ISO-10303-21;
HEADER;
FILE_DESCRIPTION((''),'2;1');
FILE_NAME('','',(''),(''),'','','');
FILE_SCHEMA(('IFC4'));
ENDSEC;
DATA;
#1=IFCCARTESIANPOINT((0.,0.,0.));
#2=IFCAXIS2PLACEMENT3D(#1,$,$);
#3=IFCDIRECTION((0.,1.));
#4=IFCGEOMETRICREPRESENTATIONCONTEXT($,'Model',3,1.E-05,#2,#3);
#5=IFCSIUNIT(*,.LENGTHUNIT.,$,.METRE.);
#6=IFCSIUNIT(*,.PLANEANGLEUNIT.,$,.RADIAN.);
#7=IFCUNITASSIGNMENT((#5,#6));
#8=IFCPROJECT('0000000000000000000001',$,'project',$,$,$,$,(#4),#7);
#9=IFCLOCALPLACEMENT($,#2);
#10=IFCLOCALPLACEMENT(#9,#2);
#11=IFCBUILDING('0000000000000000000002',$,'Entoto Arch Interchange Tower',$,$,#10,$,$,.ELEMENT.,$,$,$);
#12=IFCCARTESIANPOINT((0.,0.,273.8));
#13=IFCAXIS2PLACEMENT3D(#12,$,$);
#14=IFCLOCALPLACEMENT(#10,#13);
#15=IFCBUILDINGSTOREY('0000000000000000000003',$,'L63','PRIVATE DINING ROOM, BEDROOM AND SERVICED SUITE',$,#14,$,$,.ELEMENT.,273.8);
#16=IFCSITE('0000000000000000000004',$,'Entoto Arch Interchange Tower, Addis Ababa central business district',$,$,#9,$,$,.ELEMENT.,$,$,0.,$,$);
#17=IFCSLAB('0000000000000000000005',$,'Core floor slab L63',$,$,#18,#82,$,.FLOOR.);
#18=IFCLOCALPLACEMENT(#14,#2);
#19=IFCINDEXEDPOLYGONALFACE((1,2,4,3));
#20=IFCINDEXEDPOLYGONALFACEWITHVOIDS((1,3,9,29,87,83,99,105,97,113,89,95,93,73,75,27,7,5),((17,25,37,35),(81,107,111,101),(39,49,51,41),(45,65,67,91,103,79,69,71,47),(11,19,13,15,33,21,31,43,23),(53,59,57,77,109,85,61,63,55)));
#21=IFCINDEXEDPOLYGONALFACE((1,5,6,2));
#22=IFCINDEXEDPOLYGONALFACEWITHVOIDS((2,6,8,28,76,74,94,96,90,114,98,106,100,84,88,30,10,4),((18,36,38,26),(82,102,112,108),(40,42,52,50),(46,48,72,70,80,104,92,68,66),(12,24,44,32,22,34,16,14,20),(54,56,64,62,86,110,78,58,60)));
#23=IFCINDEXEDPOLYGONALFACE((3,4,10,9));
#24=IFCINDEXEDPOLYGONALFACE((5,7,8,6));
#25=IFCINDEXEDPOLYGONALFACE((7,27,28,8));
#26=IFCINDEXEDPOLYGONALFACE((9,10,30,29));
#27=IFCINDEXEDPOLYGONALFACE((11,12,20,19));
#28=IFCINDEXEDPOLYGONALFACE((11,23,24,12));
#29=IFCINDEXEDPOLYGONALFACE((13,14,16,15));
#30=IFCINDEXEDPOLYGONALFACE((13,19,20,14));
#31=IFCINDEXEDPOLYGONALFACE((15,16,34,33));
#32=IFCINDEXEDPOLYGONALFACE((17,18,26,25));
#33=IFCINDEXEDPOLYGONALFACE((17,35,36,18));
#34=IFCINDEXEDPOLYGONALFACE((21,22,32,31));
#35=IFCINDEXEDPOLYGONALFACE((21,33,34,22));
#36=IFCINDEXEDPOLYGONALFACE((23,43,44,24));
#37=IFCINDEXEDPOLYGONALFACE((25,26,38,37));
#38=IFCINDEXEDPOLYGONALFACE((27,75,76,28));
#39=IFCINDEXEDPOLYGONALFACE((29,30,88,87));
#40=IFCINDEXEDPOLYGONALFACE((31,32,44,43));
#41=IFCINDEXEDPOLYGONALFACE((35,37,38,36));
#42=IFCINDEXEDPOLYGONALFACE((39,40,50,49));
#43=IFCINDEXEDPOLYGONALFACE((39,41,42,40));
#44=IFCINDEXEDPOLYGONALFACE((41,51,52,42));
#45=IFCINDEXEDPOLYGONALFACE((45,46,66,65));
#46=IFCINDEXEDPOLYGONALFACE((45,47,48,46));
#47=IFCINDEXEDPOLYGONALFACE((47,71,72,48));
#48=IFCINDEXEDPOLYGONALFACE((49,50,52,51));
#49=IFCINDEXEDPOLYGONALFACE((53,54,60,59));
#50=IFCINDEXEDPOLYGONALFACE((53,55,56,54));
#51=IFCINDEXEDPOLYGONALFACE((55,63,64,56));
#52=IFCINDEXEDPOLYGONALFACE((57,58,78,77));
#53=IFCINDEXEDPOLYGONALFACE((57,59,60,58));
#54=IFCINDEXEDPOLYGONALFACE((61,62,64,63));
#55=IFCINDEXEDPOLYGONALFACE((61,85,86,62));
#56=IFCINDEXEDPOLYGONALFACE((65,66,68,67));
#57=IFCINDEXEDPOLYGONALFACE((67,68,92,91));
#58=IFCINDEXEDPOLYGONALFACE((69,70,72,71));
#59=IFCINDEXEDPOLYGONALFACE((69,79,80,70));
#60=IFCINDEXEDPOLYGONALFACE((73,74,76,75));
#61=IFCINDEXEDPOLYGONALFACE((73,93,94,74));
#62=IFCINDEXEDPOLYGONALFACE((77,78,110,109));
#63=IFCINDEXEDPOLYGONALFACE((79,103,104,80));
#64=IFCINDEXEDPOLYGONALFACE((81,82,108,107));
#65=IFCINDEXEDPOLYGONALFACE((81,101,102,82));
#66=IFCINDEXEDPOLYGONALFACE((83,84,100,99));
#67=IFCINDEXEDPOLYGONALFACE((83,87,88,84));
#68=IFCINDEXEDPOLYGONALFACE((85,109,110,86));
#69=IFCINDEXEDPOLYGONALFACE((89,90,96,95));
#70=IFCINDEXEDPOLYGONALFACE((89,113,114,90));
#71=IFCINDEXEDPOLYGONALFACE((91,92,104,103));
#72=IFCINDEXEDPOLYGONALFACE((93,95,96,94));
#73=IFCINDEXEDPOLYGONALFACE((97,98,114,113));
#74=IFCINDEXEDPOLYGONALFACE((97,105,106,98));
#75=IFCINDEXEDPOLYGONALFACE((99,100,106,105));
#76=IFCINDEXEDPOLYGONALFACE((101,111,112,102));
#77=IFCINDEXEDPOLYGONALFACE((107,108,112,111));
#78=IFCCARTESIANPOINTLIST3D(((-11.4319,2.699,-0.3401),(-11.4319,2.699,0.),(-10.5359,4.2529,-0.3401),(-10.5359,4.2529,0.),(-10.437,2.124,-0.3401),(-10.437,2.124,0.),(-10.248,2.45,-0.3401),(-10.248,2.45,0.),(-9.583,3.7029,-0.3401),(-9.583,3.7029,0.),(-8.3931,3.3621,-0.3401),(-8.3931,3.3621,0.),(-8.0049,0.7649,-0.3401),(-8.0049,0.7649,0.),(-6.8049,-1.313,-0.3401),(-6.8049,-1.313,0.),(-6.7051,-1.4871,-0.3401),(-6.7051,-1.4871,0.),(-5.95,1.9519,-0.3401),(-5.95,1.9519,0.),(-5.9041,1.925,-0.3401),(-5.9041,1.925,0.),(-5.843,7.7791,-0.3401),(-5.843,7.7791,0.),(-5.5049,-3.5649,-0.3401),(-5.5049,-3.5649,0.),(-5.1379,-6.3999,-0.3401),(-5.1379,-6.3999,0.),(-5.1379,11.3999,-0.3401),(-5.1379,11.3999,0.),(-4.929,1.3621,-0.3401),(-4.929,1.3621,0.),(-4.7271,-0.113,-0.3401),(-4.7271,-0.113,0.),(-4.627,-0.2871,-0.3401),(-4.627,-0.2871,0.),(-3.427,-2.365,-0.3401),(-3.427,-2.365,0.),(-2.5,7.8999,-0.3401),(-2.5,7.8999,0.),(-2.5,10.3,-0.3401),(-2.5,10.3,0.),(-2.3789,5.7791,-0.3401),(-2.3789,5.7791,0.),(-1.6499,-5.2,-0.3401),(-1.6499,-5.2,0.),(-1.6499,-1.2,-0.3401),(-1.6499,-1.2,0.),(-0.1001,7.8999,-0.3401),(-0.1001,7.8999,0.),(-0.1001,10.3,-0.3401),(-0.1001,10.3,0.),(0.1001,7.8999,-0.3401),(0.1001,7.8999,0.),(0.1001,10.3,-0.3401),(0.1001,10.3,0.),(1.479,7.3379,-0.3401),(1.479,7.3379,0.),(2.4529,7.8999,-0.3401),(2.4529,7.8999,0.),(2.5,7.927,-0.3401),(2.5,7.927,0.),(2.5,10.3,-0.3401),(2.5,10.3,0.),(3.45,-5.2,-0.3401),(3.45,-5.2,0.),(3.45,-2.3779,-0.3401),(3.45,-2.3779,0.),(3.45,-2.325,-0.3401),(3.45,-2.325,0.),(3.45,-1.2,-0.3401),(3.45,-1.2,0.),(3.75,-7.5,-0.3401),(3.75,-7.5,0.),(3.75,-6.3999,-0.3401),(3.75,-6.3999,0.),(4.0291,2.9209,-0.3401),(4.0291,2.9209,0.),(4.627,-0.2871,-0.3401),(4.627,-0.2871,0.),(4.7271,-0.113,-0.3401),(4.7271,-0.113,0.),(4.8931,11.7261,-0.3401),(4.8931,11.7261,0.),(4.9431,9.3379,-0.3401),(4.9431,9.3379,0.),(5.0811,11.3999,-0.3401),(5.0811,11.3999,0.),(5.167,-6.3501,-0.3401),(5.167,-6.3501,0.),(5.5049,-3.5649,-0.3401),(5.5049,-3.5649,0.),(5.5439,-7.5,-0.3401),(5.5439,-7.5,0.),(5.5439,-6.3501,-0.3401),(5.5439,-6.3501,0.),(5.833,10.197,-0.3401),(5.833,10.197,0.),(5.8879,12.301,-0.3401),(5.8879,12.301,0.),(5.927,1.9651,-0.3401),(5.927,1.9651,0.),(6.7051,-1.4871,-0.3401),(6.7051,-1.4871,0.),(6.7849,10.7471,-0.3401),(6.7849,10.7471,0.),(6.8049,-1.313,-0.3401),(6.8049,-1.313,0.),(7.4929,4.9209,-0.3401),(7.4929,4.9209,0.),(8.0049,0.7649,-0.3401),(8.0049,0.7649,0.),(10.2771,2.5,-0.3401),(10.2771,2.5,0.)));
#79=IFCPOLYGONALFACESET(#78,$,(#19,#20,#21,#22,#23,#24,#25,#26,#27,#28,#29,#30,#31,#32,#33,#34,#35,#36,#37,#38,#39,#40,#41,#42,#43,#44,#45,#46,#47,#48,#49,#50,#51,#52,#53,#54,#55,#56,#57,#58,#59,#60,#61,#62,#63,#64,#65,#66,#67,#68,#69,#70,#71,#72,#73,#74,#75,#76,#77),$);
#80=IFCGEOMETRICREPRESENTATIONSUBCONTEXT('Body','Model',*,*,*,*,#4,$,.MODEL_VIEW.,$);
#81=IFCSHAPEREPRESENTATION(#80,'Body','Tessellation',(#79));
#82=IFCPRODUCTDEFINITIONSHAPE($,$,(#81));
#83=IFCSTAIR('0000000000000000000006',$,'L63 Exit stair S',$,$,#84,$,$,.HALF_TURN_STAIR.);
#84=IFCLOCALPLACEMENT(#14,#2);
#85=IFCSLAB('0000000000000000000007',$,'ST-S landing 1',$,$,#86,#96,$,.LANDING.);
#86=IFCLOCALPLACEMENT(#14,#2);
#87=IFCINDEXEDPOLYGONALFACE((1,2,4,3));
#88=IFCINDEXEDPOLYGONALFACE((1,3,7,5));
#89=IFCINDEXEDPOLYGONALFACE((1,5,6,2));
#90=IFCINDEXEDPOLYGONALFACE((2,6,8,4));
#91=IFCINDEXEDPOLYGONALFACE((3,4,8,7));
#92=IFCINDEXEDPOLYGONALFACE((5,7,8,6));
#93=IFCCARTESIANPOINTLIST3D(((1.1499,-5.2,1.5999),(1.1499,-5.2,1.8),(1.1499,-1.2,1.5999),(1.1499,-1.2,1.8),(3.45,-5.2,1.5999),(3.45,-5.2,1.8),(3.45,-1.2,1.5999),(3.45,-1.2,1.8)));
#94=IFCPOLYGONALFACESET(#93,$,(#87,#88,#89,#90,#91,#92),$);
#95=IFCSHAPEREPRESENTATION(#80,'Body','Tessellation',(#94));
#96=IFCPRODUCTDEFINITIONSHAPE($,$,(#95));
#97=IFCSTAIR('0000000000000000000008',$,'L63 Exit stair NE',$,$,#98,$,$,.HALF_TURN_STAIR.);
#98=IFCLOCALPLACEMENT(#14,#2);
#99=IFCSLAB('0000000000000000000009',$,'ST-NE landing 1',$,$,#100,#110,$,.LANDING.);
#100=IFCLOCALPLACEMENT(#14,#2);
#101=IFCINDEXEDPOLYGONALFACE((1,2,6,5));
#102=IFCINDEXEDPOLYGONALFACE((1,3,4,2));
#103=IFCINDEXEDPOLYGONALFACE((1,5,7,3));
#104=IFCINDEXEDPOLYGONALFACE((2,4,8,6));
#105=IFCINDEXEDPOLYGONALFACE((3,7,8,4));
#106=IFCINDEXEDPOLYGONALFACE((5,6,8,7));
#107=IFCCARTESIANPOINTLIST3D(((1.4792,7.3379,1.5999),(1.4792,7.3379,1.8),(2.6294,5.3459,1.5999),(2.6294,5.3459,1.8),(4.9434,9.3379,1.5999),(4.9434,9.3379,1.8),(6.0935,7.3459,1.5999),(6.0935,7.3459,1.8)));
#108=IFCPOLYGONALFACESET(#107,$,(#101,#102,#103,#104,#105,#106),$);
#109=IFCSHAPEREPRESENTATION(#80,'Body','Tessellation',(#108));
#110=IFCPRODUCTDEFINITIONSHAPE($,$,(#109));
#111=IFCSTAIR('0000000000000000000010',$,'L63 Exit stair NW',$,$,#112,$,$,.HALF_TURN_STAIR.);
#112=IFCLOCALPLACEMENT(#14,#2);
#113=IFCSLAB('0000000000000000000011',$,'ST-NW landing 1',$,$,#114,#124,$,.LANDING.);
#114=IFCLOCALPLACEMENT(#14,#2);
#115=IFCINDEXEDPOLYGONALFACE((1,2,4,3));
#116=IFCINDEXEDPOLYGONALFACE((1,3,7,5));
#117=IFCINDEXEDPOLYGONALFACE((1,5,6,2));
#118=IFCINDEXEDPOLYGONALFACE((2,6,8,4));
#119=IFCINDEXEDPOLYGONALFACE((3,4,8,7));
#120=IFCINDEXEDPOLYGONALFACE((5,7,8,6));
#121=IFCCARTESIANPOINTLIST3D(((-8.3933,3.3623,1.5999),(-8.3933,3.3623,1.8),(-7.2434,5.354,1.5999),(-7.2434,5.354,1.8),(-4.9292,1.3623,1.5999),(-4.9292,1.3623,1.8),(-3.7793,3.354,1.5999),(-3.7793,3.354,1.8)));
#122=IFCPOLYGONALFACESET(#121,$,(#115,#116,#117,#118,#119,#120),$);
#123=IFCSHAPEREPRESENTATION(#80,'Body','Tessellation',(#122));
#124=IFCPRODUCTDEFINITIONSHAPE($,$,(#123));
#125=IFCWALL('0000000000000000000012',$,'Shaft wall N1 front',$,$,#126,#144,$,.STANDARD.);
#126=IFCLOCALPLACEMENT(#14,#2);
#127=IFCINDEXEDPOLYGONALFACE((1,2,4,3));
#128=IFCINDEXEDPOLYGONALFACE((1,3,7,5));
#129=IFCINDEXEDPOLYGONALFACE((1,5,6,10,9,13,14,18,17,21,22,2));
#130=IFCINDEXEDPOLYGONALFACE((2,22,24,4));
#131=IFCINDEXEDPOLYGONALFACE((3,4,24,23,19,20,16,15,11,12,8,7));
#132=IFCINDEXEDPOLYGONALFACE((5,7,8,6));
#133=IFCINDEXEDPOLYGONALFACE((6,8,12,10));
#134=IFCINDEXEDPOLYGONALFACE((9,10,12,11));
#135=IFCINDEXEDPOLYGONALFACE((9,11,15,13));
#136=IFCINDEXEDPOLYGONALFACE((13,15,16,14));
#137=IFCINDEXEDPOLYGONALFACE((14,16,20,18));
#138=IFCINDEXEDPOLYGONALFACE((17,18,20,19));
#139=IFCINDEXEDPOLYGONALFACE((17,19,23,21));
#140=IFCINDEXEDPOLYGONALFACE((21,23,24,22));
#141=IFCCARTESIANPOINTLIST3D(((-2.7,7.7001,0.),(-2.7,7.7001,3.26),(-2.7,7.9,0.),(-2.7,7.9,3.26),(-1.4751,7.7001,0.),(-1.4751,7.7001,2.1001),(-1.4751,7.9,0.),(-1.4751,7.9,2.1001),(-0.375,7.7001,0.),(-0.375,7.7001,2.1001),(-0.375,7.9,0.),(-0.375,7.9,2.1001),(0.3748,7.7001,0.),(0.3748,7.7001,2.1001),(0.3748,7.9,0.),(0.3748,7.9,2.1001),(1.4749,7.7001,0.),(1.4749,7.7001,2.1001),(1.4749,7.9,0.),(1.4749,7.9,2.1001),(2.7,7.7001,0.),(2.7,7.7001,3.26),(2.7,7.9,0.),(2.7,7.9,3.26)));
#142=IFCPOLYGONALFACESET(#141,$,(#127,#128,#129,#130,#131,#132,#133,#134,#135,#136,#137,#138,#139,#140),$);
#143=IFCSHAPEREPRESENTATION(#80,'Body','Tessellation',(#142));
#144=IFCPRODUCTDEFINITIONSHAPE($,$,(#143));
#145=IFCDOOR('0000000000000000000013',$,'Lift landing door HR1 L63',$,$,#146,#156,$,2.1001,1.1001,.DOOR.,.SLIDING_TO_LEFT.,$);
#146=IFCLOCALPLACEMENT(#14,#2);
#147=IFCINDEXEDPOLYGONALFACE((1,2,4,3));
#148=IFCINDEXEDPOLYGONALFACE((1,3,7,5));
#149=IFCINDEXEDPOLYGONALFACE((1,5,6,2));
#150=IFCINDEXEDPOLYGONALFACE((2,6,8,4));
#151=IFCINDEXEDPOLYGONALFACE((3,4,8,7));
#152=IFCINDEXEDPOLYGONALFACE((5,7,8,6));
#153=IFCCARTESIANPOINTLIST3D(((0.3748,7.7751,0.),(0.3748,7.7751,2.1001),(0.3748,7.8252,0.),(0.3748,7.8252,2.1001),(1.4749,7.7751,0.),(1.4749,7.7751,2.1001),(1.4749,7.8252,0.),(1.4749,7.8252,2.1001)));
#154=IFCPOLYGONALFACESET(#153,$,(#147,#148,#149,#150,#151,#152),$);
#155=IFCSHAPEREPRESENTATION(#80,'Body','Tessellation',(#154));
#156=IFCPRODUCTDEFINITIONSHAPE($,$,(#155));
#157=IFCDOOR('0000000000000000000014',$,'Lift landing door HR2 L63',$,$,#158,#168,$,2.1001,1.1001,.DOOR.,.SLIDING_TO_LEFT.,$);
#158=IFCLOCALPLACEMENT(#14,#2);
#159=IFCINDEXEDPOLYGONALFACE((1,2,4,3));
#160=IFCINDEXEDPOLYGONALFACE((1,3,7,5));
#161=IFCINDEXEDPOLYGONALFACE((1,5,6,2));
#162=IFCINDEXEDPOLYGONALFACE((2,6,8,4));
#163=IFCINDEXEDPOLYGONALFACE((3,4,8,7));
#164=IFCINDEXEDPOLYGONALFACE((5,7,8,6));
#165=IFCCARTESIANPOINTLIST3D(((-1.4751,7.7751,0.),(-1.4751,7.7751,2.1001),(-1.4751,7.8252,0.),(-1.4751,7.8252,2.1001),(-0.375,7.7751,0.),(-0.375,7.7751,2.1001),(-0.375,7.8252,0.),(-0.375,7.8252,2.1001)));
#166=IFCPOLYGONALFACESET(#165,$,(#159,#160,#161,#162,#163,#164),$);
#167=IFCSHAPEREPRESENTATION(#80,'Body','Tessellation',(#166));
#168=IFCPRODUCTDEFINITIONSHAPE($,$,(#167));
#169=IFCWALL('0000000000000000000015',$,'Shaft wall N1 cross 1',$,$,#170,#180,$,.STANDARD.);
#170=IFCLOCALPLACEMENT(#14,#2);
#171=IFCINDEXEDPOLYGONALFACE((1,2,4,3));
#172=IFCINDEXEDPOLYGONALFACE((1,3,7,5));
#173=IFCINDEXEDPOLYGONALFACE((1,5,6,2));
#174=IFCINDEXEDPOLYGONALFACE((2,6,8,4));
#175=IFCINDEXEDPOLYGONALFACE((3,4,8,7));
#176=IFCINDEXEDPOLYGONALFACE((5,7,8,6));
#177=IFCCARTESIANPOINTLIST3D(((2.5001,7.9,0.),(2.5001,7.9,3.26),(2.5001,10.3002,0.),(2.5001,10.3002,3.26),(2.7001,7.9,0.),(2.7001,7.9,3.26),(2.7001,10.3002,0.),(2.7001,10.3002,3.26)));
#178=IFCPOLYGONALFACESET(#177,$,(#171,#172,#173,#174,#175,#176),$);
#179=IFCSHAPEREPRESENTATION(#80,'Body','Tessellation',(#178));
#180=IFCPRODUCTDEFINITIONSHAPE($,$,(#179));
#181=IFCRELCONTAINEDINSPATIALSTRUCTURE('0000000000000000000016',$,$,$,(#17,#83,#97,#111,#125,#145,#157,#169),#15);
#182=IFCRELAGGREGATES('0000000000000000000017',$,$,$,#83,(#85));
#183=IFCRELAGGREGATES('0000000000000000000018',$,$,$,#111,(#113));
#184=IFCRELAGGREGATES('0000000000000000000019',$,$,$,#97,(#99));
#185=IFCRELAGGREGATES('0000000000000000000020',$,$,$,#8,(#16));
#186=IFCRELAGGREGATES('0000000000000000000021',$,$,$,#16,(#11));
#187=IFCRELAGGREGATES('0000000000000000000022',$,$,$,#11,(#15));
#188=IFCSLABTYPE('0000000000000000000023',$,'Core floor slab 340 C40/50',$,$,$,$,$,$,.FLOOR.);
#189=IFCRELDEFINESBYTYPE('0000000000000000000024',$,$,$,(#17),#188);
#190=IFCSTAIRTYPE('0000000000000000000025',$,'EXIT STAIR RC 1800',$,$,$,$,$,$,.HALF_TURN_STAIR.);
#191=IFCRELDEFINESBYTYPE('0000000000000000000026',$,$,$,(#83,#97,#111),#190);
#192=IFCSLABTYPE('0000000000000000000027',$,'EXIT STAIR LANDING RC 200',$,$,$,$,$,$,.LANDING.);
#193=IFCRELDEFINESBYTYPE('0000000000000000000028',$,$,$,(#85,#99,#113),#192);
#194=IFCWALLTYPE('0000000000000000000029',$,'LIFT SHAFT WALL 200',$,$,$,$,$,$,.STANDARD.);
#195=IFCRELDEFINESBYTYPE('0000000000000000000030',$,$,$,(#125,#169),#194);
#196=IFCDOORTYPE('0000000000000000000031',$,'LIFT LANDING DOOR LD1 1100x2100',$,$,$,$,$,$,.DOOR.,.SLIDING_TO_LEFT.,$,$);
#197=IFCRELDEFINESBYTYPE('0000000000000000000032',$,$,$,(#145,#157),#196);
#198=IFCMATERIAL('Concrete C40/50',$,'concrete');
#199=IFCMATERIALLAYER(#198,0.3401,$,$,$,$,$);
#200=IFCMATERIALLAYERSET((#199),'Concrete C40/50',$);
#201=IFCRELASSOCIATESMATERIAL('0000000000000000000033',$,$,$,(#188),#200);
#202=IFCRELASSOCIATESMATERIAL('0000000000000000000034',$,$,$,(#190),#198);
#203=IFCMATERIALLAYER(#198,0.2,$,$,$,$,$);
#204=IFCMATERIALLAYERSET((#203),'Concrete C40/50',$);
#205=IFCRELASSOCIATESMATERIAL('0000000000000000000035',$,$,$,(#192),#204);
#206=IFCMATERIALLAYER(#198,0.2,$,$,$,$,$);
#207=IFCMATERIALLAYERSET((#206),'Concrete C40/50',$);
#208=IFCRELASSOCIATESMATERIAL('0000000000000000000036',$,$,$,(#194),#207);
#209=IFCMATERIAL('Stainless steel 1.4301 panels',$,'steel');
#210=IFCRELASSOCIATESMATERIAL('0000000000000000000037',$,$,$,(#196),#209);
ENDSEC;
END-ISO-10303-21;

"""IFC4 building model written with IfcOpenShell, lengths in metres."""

from ifc_helpers import new_model, si_unit, direction, frame, frame_2d, origin, place, context, subcontext, project, spatial, polyline, rectangle, outline, extrude, material, layer, layer_set, type_object, element, fill, aggregate, save


model = new_model("IFC4")

# Units and contexts
model_context = context("Model", 3, precision=1e-05, world=origin(), true_north=direction((0.0, 1.0)))
body_context = subcontext(model_context, "Body", "Model", "MODEL_VIEW")
ifc_project = project(units=[si_unit("LENGTHUNIT", "METRE"), si_unit("PLANEANGLEUNIT", "RADIAN")], contexts=[model_context])

# Site, building, storey
site_placement = place(None, origin())
site = spatial("IfcSite", under=ifc_project, at=site_placement, Name="Entoto Arch Interchange Tower, Addis Ababa central business district", CompositionType="ELEMENT", RefElevation=0.0)
building_placement = place(site_placement, origin())
building = spatial("IfcBuilding", under=site, at=building_placement, Name="Entoto Arch Interchange Tower", CompositionType="ELEMENT")
storey_placement = place(building_placement, frame((0.0, 0.0, 273.8)))
storey = spatial("IfcBuildingStorey", under=building, at=storey_placement, Name="L63", Description="PRIVATE DINING ROOM, BEDROOM AND SERVICED SUITE", CompositionType="ELEMENT", Elevation=273.8)

# Slab
ifc_material_1 = material(Name="Concrete C40/50", Category="concrete")
ifc_layer_1 = layer(ifc_material_1, 0.3401)
ifc_layer_set_1 = layer_set([ifc_layer_1], Name="Concrete C40/50")
slab_type_1 = type_object("IfcSlabType", Name="Core floor slab 340 C40/50", PredefinedType="FLOOR", material=ifc_layer_set_1)
slab_1_placement = place(storey_placement, frame((0.0, 0.0, -0.3401)))
element("IfcSlab", 1, at=slab_1_placement, inside=storey, type_object=slab_type_1, Name="Core floor slab L63", PredefinedType="FLOOR", context=body_context, shape_type="SweptSolid", body=[
    extrude(outline(polyline([(-10.248, 2.45), (-10.437, 2.124), (-11.4319, 2.699), (-10.5359, 4.2529), (-9.583, 3.7029), (-5.1379, 11.3999), (5.0811, 11.3999), (4.8931, 11.7261), (5.8879, 12.301), (6.7849, 10.7471), (5.833, 10.197), (10.2771, 2.5), (5.167, -6.3501), (5.5439, -6.3501), (5.5439, -7.5), (3.75, -7.5), (3.75, -6.3999), (-5.1379, -6.3999), (-10.248, 2.45)]), holes=[polyline([(-1.6499, -5.2), (3.45, -5.2), (3.45, -2.3779), (5.5049, -3.5649), (6.7051, -1.4871), (4.627, -0.2871), (3.45, -2.325), (3.45, -1.2), (-1.6499, -1.2), (-1.6499, -5.2)]), polyline([(-4.627, -0.2871), (-6.7051, -1.4871), (-5.5049, -3.5649), (-3.427, -2.365), (-4.627, -0.2871)]), polyline([(-5.9041, 1.925), (-4.929, 1.3621), (-2.3789, 5.7791), (-5.843, 7.7791), (-8.3931, 3.3621), (-5.95, 1.9519), (-8.0049, 0.7649), (-6.8049, -1.313), (-4.7271, -0.113), (-5.9041, 1.925)]), polyline([(4.7271, -0.113), (6.8049, -1.313), (8.0049, 0.7649), (5.927, 1.9651), (4.7271, -0.113)]), polyline([(2.5, 7.927), (2.5, 10.3), (0.1001, 10.3), (0.1001, 7.8999), (2.4529, 7.8999), (1.479, 7.3379), (4.0291, 2.9209), (7.4929, 4.9209), (4.9431, 9.3379), (2.5, 7.927)]), polyline([(-2.5, 7.8999), (-0.1001, 7.8999), (-0.1001, 10.3), (-2.5, 10.3), (-2.5, 7.8999)])]), origin(), (0.0, 0.0, 1.0), 0.3401),
])

# Stairs, slabs
stair_type = type_object("IfcStairType", Name="EXIT STAIR RC 1800", PredefinedType="HALF_TURN_STAIR", material=ifc_material_1)
stair_1_placement = place(storey_placement, origin())
stair_1 = element("IfcStair", 2, at=stair_1_placement, inside=storey, type_object=stair_type, Name="L63 Exit stair S", PredefinedType="HALF_TURN_STAIR")
ifc_layer_2 = layer(ifc_material_1, 0.2)
ifc_layer_set_2 = layer_set([ifc_layer_2], Name="Concrete C40/50")
slab_type_2 = type_object("IfcSlabType", Name="EXIT STAIR LANDING RC 200", PredefinedType="LANDING", material=ifc_layer_set_2)
slab_2_placement = place(storey_placement, frame((0.0, 0.0, 1.5999)))
slab_2 = element("IfcSlab", 3, at=slab_2_placement, type_object=slab_type_2, Name="ST-S landing 1", PredefinedType="LANDING", context=body_context, shape_type="SweptSolid", body=[
    extrude(outline(polyline([(1.1499, -5.2), (3.45, -5.2), (3.45, -1.2), (1.1499, -1.2), (1.1499, -5.2)])), origin(), (0.0, 0.0, 1.0), 0.2002),
])
aggregate(stair_1, [slab_2])
stair_2_placement = place(storey_placement, origin())
stair_2 = element("IfcStair", 4, at=stair_2_placement, inside=storey, type_object=stair_type, Name="L63 Exit stair NE", PredefinedType="HALF_TURN_STAIR")
slab_3_placement = place(storey_placement, frame((0.0, 0.0, 1.5999)))
slab_3 = element("IfcSlab", 5, at=slab_3_placement, type_object=slab_type_2, Name="ST-NE landing 1", PredefinedType="LANDING", context=body_context, shape_type="SweptSolid", body=[
    extrude(outline(polyline([(6.0935, 7.3459), (4.9434, 9.3379), (1.4792, 7.3379), (2.6294, 5.3459), (6.0935, 7.3459)])), origin(), (0.0, 0.0, 1.0), 0.2002),
])
stair_3_placement = place(storey_placement, origin())
stair_3 = element("IfcStair", 6, at=stair_3_placement, inside=storey, type_object=stair_type, Name="L63 Exit stair NW", PredefinedType="HALF_TURN_STAIR")
slab_4_placement = place(storey_placement, frame((0.0, 0.0, 1.5999)))
slab_4 = element("IfcSlab", 7, at=slab_4_placement, type_object=slab_type_2, Name="ST-NW landing 1", PredefinedType="LANDING", context=body_context, shape_type="SweptSolid", body=[
    extrude(outline(polyline([(-7.2434, 5.354), (-8.3933, 3.3623), (-4.9292, 1.3623), (-3.7793, 3.354), (-7.2434, 5.354)])), origin(), (0.0, 0.0, 1.0), 0.2002),
])
aggregate(stair_3, [slab_4])

# Wall, openings, doors
ifc_layer_3 = layer(ifc_material_1, 0.2)
ifc_layer_set_3 = layer_set([ifc_layer_3], Name="Concrete C40/50")
wall_type_1 = type_object("IfcWallType", Name="LIFT SHAFT WALL 200", PredefinedType="STANDARD", material=ifc_layer_set_3)
wall_1_placement = place(storey_placement, frame((2.7, 7.8, 0.0), z_axis=(0.0, 0.0, 1.0), x_axis=(-1.0, 0.0, 0.0)))
wall_1 = element("IfcWall", 8, at=wall_1_placement, inside=storey, type_object=wall_type_1, Name="Shaft wall N1 front", PredefinedType="STANDARD", context=body_context, shape_type="SweptSolid", body=[
    extrude(rectangle(XDim=5.3999, YDim=0.2, at=frame_2d((2.7, 0.0))), origin(), (0.0, 0.0, 1.0), 3.26),
])
opening_1_placement = place(wall_1_placement, frame((1.2251, 0.0, 0.0)))
opening_1 = element("IfcOpeningElement", 9, at=opening_1_placement, cuts=wall_1, PredefinedType="OPENING", context=body_context, shape_type="SweptSolid", body=[
    extrude(rectangle(XDim=1.1001, YDim=2.1001, at=frame_2d((0.55, 1.05))), frame((0.0, 0.1099, 0.0), z_axis=(0.0, -1.0, 0.0), x_axis=(1.0, 0.0, 0.0)), (0.0, 0.0, 1.0), 0.22),
])
opening_2_placement = place(wall_1_placement, frame((3.075, 0.0, 0.0)))
opening_2 = element("IfcOpeningElement", 10, at=opening_2_placement, cuts=wall_1, PredefinedType="OPENING", context=body_context, shape_type="SweptSolid", body=[
    extrude(rectangle(XDim=1.1001, YDim=2.1001, at=frame_2d((0.55, 1.05))), frame((0.0, 0.1099, 0.0), z_axis=(0.0, -1.0, 0.0), x_axis=(1.0, 0.0, 0.0)), (0.0, 0.0, 1.0), 0.22),
])
ifc_material_2 = material(Name="Stainless steel 1.4301 panels", Category="steel")
door_type_1 = type_object("IfcDoorType", Name="LIFT LANDING DOOR LD1 1100x2100", OperationType="SLIDING_TO_LEFT", PredefinedType="DOOR", material=ifc_material_2)
door_1_placement = place(opening_1_placement, origin())
door_1 = element("IfcDoor", 11, at=door_1_placement, inside=storey, type_object=door_type_1, Name="Lift landing door HR1 L63", OperationType="SLIDING_TO_LEFT", OverallHeight=2.1001, OverallWidth=1.1001, PredefinedType="DOOR", context=body_context, shape_type="SweptSolid", body=[
    extrude(rectangle(XDim=1.1001, YDim=2.1001, at=frame_2d((0.55, 1.05))), frame((0.0, 0.0249, 0.0), z_axis=(0.0, -1.0, 0.0), x_axis=(1.0, 0.0, 0.0)), (0.0, 0.0, 1.0), 0.05),
])
fill(opening_1, door_1)
door_2_placement = place(opening_2_placement, origin())
door_2 = element("IfcDoor", 12, at=door_2_placement, inside=storey, type_object=door_type_1, Name="Lift landing door HR2 L63", OperationType="SLIDING_TO_LEFT", OverallHeight=2.1001, OverallWidth=1.1001, PredefinedType="DOOR", context=body_context, shape_type="SweptSolid", body=[
    extrude(rectangle(XDim=1.1001, YDim=2.1001, at=frame_2d((0.55, 1.05))), frame((0.0, 0.0249, 0.0), z_axis=(0.0, -1.0, 0.0), x_axis=(1.0, 0.0, 0.0)), (0.0, 0.0, 1.0), 0.05),
])
fill(opening_2, door_2)

# Wall
for number, where, z_axis, x_axis, name in (
    (13, (2.6001, 7.8999, 0.0), (0.0, 0.0, 1.0), (0.0, 1.0, 0.0), "Shaft wall N1 cross 1"),
):
    element("IfcWall", number, at=place(storey_placement, frame(where, z_axis=z_axis, x_axis=x_axis)), inside=storey, type_object=wall_type_1, Name=name, PredefinedType="STANDARD", context=body_context, shape_type="SweptSolid", body=[
        extrude(rectangle(XDim=2.4001, YDim=0.2, at=frame_2d((1.2002, 0.0))), origin(), (0.0, 0.0, 1.0), 3.26),
    ])

aggregate(stair_2, [slab_3])

save(model, "model.ifc")
